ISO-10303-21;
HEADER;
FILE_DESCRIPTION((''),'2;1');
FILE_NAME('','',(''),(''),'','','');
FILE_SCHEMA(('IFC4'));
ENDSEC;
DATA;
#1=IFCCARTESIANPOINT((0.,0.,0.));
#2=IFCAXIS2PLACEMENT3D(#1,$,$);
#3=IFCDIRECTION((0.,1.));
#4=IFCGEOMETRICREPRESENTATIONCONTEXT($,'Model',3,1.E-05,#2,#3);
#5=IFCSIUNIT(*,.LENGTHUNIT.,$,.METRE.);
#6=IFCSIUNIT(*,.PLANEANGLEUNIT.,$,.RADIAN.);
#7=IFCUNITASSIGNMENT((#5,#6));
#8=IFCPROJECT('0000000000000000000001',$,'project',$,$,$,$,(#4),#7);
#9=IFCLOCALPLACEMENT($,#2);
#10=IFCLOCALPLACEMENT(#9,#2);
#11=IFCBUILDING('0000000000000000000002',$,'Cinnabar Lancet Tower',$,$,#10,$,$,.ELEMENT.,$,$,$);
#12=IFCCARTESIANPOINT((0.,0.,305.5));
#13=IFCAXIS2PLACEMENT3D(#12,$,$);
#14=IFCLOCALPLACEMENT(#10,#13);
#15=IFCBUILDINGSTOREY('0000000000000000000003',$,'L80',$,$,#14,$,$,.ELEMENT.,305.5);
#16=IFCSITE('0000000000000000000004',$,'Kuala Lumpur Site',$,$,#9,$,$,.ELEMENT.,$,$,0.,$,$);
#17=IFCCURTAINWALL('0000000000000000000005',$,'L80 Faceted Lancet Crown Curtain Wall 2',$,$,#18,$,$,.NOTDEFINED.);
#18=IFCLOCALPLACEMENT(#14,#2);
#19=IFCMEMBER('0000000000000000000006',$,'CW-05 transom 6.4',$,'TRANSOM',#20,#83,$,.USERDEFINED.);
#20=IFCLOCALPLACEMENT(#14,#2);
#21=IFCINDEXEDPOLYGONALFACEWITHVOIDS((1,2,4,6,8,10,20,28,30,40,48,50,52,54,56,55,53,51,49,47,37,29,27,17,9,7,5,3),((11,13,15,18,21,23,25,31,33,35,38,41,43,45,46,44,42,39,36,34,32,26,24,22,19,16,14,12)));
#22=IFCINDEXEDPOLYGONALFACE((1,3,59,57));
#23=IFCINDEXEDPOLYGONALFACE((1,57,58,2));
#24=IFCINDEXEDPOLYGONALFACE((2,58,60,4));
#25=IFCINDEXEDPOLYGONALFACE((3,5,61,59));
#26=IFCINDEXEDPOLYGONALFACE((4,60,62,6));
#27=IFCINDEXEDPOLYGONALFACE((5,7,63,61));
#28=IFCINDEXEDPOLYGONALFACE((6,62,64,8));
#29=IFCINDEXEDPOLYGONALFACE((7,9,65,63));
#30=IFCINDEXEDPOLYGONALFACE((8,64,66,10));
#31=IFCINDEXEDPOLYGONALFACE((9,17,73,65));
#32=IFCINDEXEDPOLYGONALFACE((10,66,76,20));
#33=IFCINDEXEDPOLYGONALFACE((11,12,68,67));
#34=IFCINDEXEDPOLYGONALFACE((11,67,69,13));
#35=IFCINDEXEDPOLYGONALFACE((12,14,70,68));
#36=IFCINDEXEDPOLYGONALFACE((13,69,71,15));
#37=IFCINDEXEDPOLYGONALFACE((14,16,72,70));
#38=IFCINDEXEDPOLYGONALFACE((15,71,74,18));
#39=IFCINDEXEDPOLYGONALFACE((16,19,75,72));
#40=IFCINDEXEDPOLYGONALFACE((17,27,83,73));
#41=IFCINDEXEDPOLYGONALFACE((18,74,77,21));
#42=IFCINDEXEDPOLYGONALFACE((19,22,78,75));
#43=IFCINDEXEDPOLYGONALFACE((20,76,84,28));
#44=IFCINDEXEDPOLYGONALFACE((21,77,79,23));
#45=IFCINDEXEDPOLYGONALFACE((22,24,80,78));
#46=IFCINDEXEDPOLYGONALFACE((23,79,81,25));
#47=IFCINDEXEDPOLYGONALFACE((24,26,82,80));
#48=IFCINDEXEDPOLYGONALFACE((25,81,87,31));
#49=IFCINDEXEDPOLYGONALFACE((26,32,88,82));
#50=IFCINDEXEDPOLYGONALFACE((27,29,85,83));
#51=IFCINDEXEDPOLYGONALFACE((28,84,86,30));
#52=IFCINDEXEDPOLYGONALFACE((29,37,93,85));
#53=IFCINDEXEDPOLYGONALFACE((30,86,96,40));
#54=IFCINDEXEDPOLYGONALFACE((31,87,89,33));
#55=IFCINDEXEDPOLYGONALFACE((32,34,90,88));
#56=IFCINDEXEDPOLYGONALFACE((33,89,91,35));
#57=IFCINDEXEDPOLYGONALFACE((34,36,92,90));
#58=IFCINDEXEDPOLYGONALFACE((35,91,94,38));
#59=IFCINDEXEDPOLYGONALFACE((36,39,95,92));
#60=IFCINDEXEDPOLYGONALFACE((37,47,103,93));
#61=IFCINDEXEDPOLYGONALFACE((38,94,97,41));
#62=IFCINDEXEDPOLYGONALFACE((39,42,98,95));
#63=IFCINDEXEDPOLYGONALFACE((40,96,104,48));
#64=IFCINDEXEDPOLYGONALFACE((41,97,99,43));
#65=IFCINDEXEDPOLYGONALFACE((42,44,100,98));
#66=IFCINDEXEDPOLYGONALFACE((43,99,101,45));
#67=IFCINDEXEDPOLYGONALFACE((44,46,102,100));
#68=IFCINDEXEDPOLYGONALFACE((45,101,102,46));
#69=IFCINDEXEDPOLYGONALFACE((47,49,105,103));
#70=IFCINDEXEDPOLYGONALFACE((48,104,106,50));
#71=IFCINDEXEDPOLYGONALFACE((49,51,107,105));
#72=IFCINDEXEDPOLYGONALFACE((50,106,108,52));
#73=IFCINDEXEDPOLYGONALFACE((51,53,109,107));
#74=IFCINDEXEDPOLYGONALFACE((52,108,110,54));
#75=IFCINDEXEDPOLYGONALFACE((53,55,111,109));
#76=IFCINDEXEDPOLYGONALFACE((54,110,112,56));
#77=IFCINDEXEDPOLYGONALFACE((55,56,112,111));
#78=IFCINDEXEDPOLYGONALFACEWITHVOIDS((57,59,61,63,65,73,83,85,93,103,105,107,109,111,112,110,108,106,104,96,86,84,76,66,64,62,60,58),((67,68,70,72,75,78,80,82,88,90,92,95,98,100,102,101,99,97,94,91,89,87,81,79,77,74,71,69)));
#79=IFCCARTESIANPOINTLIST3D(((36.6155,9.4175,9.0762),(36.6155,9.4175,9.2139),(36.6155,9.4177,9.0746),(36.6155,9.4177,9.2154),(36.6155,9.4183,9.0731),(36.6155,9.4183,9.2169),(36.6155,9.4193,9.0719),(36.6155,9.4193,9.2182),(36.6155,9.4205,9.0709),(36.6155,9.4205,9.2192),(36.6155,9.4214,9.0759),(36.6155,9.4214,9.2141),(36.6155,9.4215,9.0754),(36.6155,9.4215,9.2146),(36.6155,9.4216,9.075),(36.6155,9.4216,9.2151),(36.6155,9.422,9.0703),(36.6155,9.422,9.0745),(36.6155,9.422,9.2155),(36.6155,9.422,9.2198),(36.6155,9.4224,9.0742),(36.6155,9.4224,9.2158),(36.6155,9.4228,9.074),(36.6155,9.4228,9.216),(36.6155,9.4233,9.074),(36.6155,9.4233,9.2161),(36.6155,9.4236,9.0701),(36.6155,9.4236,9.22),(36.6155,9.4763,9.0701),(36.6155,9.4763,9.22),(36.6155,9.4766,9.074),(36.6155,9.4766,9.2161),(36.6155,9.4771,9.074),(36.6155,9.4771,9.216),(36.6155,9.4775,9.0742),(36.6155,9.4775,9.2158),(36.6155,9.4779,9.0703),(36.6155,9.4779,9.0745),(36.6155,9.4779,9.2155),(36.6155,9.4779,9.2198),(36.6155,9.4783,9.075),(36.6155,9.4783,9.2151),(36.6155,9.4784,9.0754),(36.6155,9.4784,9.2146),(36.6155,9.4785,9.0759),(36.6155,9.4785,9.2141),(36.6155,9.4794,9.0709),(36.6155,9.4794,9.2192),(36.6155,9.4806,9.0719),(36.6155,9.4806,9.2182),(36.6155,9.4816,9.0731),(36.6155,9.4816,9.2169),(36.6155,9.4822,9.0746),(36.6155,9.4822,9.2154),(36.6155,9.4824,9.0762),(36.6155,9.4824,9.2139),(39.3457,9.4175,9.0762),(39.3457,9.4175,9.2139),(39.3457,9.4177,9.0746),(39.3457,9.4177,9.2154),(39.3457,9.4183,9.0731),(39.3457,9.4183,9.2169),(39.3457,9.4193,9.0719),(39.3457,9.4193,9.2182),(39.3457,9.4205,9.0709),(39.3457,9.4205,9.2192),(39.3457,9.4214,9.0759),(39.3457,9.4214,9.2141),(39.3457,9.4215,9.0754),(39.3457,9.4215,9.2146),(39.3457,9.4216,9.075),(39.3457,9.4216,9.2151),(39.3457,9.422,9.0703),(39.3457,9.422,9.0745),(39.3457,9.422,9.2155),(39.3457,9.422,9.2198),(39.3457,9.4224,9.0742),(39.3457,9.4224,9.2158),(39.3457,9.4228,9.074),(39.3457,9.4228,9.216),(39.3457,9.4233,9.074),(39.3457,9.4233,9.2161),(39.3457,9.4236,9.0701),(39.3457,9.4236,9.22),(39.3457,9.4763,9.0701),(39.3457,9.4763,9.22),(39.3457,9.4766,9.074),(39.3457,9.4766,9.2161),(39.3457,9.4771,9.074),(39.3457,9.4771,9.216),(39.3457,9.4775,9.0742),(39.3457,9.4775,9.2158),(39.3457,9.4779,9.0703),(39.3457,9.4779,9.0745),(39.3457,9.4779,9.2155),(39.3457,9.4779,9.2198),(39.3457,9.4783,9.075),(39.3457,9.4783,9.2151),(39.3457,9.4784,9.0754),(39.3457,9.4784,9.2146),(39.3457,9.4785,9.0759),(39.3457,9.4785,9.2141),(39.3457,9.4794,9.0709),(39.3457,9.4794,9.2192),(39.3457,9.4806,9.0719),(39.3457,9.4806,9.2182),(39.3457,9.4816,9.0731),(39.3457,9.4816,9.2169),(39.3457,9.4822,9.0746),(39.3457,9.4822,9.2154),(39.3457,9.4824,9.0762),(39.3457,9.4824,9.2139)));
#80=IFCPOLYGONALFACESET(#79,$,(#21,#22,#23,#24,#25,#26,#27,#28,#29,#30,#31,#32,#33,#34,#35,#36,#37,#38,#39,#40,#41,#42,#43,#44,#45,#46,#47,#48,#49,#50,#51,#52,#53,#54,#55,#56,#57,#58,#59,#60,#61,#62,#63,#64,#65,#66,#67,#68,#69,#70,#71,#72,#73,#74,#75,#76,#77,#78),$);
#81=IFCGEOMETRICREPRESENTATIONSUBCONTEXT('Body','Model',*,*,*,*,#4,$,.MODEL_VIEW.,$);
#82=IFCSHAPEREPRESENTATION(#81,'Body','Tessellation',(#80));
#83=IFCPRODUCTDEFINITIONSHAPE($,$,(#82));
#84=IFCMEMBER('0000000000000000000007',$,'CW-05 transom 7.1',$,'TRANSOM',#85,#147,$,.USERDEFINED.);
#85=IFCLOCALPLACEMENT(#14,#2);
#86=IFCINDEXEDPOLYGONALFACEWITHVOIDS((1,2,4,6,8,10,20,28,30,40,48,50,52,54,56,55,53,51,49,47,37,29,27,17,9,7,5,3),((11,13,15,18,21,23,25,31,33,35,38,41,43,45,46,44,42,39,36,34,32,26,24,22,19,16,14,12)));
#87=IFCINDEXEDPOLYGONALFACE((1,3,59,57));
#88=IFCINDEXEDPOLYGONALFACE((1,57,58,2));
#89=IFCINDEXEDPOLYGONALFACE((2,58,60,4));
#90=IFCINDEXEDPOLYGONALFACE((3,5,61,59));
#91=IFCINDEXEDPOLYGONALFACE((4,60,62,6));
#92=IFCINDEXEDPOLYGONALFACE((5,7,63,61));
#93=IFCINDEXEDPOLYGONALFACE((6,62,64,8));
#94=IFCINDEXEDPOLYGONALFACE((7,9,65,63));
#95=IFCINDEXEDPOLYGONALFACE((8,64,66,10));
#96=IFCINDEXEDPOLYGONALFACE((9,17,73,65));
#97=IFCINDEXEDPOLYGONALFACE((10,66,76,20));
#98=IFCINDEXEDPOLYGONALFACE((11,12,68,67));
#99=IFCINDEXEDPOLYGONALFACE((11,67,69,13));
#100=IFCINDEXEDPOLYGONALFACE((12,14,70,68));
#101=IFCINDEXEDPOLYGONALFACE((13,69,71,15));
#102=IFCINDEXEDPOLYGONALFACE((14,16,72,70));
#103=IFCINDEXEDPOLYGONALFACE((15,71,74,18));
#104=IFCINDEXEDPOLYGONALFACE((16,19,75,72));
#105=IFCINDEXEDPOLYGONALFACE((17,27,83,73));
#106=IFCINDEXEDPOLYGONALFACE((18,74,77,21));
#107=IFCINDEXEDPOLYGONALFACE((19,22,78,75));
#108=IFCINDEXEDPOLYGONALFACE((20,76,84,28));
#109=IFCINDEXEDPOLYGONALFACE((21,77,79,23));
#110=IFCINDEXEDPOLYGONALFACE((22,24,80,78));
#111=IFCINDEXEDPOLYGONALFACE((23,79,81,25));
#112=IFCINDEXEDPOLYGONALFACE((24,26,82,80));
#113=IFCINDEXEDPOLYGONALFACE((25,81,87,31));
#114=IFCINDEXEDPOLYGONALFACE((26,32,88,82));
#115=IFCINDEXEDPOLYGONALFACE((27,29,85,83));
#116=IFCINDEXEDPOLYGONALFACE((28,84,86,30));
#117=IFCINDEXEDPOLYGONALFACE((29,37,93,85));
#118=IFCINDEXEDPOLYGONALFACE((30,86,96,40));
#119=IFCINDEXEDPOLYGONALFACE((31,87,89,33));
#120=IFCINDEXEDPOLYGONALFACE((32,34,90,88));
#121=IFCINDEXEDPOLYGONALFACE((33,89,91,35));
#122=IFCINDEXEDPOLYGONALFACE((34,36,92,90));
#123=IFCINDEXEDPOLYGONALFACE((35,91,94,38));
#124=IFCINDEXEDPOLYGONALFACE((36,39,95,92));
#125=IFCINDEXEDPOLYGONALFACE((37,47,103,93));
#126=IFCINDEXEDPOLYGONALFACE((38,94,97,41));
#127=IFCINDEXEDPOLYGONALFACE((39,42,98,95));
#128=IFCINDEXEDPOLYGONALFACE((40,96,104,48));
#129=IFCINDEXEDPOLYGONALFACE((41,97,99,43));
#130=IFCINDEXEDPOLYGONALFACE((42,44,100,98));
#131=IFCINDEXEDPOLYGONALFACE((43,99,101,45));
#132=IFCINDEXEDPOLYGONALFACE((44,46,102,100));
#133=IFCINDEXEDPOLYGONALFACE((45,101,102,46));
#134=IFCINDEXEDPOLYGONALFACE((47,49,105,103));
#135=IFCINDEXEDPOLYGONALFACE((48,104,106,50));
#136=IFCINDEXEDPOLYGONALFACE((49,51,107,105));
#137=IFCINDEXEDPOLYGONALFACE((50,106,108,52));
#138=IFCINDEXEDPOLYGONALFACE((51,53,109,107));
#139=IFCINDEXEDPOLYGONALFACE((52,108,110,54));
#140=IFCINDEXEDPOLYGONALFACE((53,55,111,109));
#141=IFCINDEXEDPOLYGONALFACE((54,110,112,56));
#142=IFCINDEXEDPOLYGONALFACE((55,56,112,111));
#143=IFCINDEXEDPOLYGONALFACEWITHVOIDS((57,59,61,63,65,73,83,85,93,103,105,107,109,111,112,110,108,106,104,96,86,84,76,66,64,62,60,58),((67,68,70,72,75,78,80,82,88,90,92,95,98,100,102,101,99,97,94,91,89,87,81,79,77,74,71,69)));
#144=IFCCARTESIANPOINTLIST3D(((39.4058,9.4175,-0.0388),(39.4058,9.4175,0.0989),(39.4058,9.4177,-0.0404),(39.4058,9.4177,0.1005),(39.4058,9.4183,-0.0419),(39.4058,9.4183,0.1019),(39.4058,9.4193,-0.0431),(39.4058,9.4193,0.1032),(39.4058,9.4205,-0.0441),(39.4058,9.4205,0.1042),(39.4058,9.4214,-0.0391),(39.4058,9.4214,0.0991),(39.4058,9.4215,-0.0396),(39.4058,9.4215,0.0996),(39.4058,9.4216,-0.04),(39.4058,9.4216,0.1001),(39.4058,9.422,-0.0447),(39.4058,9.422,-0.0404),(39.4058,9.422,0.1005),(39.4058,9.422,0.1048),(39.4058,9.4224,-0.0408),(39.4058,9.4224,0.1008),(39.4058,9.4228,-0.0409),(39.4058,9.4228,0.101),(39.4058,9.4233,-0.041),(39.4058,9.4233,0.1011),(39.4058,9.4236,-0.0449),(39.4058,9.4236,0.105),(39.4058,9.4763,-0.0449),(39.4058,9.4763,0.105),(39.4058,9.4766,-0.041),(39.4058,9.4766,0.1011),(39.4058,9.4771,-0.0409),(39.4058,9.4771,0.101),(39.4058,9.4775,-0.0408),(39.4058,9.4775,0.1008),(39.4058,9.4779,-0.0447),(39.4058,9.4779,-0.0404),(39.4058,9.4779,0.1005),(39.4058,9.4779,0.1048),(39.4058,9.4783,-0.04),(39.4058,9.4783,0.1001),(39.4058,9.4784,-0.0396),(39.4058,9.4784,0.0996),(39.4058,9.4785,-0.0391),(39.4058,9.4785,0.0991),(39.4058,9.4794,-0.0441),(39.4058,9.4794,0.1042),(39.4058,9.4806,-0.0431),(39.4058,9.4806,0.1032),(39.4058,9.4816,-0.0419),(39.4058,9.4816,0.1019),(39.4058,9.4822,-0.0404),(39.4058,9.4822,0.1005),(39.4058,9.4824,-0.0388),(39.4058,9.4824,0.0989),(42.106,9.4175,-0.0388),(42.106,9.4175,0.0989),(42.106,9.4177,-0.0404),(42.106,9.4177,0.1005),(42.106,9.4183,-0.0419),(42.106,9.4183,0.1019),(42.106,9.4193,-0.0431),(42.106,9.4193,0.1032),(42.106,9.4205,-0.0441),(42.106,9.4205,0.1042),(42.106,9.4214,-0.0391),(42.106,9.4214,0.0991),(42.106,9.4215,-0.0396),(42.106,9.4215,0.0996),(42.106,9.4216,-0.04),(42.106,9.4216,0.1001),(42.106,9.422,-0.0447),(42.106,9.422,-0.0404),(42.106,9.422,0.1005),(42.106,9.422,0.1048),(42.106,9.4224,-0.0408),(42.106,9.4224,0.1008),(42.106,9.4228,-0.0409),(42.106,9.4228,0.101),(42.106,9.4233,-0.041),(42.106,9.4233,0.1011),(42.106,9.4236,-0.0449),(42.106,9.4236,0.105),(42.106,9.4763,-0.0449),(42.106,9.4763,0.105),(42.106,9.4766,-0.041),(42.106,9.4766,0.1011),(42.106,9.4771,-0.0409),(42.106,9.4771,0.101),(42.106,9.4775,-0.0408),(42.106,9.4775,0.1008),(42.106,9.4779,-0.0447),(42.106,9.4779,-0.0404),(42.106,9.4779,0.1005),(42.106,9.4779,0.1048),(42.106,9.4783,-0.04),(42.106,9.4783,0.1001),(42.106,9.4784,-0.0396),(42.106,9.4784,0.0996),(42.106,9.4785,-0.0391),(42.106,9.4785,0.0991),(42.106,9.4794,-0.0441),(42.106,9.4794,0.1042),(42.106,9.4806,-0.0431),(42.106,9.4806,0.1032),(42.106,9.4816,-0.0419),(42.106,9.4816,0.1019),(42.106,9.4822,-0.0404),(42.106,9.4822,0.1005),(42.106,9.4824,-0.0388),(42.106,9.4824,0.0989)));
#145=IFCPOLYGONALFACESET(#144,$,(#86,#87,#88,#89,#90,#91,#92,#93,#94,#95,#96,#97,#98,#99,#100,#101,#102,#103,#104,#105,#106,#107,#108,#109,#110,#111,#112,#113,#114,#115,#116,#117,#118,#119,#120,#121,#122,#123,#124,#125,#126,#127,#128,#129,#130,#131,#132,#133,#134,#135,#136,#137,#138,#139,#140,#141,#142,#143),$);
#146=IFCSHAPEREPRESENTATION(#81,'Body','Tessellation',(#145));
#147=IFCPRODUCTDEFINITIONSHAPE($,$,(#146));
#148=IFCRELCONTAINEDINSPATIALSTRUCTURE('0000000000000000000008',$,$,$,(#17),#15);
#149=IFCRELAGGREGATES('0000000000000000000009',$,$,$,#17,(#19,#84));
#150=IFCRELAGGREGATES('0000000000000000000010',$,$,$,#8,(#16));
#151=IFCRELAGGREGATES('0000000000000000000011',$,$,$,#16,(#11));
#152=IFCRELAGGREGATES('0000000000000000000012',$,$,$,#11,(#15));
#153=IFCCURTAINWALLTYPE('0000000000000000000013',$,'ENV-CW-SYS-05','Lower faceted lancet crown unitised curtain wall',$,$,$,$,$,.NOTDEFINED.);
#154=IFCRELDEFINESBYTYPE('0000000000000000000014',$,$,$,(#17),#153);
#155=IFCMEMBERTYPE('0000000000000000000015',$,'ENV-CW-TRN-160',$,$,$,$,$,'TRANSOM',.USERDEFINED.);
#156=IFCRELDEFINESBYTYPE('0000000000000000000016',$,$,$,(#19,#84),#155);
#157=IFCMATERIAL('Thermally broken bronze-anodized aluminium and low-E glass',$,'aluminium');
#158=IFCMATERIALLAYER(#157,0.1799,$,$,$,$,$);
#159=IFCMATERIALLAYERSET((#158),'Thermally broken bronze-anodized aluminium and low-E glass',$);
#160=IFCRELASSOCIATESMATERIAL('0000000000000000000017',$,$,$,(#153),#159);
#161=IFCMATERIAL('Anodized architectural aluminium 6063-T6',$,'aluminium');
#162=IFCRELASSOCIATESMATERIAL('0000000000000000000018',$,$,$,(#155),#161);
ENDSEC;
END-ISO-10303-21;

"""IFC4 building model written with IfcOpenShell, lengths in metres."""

from ifc_helpers import new_model, si_unit, direction, frame, origin, origin_2d, place, context, subcontext, project, spatial, hollow_rectangle, extrude, material, layer, layer_set, material_profile, profile_set, type_object, element, aggregate, save


model = new_model("IFC4")

# Units and contexts
model_context = context("Model", 3, precision=1e-05, world=origin(), true_north=direction((0.0, 1.0)))
body_context = subcontext(model_context, "Body", "Model", "MODEL_VIEW")
ifc_project = project(units=[si_unit("LENGTHUNIT", "METRE"), si_unit("PLANEANGLEUNIT", "RADIAN")], contexts=[model_context])

# Site, building, storey
site_placement = place(None, origin())
site = spatial("IfcSite", under=ifc_project, at=site_placement, Name="Kuala Lumpur Site", CompositionType="ELEMENT", RefElevation=0.0)
building_placement = place(site_placement, origin())
building = spatial("IfcBuilding", under=site, at=building_placement, Name="Cinnabar Lancet Tower", CompositionType="ELEMENT")
storey_placement = place(building_placement, frame((0.0, 0.0, 305.5)))
storey = spatial("IfcBuildingStorey", under=building, at=storey_placement, Name="L80", CompositionType="ELEMENT", Elevation=305.5)

# Curtain wall
ifc_material_1 = material(Name="Thermally broken bronze-anodized aluminium and low-E glass", Category="aluminium")
ifc_layer_1 = layer(ifc_material_1, 0.1799)
ifc_layer_set_1 = layer_set([ifc_layer_1], Name="Thermally broken bronze-anodized aluminium and low-E glass")
curtain_wall_type = type_object("IfcCurtainWallType", Name="ENV-CW-SYS-05", Description="Lower faceted lancet crown unitised curtain wall", PredefinedType="NOTDEFINED", material=ifc_layer_set_1)
curtain_wall_1_placement = place(storey_placement, origin())
curtain_wall_1 = element("IfcCurtainWall", 1, at=curtain_wall_1_placement, inside=storey, type_object=curtain_wall_type, Name="L80 Faceted Lancet Crown Curtain Wall 2", PredefinedType="NOTDEFINED")

# Members
ifc_material_2 = material(Name="Anodized architectural aluminium 6063-T6", Category="aluminium")
ifc_material_profile_1 = material_profile(ifc_material_2, hollow_rectangle(XDim=0.0649, YDim=0.1499, WallThickness=0.0039, InnerFilletRadius=0.002, OuterFilletRadius=0.0061, at=origin_2d()), Name="CW-TRN 150x65x4")
ifc_profile_set_1 = profile_set([ifc_material_profile_1], Name="Anodized architectural aluminium 6063-T6")
member_type_1 = type_object("IfcMemberType", Name="ENV-CW-TRN-160", ElementType="TRANSOM", PredefinedType="USERDEFINED", material=ifc_profile_set_1)
member_1_placement = place(storey_placement, frame((36.6155, 9.45, 9.145), z_axis=(1.0, 0.0, 0.0), x_axis=(0.0, 1.0, 0.0)))
member_1 = element("IfcMember", 2, at=member_1_placement, type_object=member_type_1, Name="CW-05 transom 6.4", ObjectType="TRANSOM", PredefinedType="USERDEFINED", context=body_context, shape_type="SweptSolid", body=[
    extrude(hollow_rectangle(XDim=0.0649, YDim=0.1499, WallThickness=0.0039, InnerFilletRadius=0.002, OuterFilletRadius=0.0061, at=origin_2d()), origin(), (0.0, 0.0, 1.0), 2.7302),
])
member_2_placement = place(storey_placement, frame((39.4058, 9.45, 0.03), z_axis=(1.0, 0.0, 0.0), x_axis=(0.0, 1.0, 0.0)))
member_2 = element("IfcMember", 3, at=member_2_placement, type_object=member_type_1, Name="CW-05 transom 7.1", ObjectType="TRANSOM", PredefinedType="USERDEFINED", context=body_context, shape_type="SweptSolid", body=[
    extrude(hollow_rectangle(XDim=0.0649, YDim=0.1499, WallThickness=0.0039, InnerFilletRadius=0.002, OuterFilletRadius=0.0061, at=origin_2d()), origin(), (0.0, 0.0, 1.0), 2.7002),
])

aggregate(curtain_wall_1, [member_1, member_2])

save(model, "model.ifc")
